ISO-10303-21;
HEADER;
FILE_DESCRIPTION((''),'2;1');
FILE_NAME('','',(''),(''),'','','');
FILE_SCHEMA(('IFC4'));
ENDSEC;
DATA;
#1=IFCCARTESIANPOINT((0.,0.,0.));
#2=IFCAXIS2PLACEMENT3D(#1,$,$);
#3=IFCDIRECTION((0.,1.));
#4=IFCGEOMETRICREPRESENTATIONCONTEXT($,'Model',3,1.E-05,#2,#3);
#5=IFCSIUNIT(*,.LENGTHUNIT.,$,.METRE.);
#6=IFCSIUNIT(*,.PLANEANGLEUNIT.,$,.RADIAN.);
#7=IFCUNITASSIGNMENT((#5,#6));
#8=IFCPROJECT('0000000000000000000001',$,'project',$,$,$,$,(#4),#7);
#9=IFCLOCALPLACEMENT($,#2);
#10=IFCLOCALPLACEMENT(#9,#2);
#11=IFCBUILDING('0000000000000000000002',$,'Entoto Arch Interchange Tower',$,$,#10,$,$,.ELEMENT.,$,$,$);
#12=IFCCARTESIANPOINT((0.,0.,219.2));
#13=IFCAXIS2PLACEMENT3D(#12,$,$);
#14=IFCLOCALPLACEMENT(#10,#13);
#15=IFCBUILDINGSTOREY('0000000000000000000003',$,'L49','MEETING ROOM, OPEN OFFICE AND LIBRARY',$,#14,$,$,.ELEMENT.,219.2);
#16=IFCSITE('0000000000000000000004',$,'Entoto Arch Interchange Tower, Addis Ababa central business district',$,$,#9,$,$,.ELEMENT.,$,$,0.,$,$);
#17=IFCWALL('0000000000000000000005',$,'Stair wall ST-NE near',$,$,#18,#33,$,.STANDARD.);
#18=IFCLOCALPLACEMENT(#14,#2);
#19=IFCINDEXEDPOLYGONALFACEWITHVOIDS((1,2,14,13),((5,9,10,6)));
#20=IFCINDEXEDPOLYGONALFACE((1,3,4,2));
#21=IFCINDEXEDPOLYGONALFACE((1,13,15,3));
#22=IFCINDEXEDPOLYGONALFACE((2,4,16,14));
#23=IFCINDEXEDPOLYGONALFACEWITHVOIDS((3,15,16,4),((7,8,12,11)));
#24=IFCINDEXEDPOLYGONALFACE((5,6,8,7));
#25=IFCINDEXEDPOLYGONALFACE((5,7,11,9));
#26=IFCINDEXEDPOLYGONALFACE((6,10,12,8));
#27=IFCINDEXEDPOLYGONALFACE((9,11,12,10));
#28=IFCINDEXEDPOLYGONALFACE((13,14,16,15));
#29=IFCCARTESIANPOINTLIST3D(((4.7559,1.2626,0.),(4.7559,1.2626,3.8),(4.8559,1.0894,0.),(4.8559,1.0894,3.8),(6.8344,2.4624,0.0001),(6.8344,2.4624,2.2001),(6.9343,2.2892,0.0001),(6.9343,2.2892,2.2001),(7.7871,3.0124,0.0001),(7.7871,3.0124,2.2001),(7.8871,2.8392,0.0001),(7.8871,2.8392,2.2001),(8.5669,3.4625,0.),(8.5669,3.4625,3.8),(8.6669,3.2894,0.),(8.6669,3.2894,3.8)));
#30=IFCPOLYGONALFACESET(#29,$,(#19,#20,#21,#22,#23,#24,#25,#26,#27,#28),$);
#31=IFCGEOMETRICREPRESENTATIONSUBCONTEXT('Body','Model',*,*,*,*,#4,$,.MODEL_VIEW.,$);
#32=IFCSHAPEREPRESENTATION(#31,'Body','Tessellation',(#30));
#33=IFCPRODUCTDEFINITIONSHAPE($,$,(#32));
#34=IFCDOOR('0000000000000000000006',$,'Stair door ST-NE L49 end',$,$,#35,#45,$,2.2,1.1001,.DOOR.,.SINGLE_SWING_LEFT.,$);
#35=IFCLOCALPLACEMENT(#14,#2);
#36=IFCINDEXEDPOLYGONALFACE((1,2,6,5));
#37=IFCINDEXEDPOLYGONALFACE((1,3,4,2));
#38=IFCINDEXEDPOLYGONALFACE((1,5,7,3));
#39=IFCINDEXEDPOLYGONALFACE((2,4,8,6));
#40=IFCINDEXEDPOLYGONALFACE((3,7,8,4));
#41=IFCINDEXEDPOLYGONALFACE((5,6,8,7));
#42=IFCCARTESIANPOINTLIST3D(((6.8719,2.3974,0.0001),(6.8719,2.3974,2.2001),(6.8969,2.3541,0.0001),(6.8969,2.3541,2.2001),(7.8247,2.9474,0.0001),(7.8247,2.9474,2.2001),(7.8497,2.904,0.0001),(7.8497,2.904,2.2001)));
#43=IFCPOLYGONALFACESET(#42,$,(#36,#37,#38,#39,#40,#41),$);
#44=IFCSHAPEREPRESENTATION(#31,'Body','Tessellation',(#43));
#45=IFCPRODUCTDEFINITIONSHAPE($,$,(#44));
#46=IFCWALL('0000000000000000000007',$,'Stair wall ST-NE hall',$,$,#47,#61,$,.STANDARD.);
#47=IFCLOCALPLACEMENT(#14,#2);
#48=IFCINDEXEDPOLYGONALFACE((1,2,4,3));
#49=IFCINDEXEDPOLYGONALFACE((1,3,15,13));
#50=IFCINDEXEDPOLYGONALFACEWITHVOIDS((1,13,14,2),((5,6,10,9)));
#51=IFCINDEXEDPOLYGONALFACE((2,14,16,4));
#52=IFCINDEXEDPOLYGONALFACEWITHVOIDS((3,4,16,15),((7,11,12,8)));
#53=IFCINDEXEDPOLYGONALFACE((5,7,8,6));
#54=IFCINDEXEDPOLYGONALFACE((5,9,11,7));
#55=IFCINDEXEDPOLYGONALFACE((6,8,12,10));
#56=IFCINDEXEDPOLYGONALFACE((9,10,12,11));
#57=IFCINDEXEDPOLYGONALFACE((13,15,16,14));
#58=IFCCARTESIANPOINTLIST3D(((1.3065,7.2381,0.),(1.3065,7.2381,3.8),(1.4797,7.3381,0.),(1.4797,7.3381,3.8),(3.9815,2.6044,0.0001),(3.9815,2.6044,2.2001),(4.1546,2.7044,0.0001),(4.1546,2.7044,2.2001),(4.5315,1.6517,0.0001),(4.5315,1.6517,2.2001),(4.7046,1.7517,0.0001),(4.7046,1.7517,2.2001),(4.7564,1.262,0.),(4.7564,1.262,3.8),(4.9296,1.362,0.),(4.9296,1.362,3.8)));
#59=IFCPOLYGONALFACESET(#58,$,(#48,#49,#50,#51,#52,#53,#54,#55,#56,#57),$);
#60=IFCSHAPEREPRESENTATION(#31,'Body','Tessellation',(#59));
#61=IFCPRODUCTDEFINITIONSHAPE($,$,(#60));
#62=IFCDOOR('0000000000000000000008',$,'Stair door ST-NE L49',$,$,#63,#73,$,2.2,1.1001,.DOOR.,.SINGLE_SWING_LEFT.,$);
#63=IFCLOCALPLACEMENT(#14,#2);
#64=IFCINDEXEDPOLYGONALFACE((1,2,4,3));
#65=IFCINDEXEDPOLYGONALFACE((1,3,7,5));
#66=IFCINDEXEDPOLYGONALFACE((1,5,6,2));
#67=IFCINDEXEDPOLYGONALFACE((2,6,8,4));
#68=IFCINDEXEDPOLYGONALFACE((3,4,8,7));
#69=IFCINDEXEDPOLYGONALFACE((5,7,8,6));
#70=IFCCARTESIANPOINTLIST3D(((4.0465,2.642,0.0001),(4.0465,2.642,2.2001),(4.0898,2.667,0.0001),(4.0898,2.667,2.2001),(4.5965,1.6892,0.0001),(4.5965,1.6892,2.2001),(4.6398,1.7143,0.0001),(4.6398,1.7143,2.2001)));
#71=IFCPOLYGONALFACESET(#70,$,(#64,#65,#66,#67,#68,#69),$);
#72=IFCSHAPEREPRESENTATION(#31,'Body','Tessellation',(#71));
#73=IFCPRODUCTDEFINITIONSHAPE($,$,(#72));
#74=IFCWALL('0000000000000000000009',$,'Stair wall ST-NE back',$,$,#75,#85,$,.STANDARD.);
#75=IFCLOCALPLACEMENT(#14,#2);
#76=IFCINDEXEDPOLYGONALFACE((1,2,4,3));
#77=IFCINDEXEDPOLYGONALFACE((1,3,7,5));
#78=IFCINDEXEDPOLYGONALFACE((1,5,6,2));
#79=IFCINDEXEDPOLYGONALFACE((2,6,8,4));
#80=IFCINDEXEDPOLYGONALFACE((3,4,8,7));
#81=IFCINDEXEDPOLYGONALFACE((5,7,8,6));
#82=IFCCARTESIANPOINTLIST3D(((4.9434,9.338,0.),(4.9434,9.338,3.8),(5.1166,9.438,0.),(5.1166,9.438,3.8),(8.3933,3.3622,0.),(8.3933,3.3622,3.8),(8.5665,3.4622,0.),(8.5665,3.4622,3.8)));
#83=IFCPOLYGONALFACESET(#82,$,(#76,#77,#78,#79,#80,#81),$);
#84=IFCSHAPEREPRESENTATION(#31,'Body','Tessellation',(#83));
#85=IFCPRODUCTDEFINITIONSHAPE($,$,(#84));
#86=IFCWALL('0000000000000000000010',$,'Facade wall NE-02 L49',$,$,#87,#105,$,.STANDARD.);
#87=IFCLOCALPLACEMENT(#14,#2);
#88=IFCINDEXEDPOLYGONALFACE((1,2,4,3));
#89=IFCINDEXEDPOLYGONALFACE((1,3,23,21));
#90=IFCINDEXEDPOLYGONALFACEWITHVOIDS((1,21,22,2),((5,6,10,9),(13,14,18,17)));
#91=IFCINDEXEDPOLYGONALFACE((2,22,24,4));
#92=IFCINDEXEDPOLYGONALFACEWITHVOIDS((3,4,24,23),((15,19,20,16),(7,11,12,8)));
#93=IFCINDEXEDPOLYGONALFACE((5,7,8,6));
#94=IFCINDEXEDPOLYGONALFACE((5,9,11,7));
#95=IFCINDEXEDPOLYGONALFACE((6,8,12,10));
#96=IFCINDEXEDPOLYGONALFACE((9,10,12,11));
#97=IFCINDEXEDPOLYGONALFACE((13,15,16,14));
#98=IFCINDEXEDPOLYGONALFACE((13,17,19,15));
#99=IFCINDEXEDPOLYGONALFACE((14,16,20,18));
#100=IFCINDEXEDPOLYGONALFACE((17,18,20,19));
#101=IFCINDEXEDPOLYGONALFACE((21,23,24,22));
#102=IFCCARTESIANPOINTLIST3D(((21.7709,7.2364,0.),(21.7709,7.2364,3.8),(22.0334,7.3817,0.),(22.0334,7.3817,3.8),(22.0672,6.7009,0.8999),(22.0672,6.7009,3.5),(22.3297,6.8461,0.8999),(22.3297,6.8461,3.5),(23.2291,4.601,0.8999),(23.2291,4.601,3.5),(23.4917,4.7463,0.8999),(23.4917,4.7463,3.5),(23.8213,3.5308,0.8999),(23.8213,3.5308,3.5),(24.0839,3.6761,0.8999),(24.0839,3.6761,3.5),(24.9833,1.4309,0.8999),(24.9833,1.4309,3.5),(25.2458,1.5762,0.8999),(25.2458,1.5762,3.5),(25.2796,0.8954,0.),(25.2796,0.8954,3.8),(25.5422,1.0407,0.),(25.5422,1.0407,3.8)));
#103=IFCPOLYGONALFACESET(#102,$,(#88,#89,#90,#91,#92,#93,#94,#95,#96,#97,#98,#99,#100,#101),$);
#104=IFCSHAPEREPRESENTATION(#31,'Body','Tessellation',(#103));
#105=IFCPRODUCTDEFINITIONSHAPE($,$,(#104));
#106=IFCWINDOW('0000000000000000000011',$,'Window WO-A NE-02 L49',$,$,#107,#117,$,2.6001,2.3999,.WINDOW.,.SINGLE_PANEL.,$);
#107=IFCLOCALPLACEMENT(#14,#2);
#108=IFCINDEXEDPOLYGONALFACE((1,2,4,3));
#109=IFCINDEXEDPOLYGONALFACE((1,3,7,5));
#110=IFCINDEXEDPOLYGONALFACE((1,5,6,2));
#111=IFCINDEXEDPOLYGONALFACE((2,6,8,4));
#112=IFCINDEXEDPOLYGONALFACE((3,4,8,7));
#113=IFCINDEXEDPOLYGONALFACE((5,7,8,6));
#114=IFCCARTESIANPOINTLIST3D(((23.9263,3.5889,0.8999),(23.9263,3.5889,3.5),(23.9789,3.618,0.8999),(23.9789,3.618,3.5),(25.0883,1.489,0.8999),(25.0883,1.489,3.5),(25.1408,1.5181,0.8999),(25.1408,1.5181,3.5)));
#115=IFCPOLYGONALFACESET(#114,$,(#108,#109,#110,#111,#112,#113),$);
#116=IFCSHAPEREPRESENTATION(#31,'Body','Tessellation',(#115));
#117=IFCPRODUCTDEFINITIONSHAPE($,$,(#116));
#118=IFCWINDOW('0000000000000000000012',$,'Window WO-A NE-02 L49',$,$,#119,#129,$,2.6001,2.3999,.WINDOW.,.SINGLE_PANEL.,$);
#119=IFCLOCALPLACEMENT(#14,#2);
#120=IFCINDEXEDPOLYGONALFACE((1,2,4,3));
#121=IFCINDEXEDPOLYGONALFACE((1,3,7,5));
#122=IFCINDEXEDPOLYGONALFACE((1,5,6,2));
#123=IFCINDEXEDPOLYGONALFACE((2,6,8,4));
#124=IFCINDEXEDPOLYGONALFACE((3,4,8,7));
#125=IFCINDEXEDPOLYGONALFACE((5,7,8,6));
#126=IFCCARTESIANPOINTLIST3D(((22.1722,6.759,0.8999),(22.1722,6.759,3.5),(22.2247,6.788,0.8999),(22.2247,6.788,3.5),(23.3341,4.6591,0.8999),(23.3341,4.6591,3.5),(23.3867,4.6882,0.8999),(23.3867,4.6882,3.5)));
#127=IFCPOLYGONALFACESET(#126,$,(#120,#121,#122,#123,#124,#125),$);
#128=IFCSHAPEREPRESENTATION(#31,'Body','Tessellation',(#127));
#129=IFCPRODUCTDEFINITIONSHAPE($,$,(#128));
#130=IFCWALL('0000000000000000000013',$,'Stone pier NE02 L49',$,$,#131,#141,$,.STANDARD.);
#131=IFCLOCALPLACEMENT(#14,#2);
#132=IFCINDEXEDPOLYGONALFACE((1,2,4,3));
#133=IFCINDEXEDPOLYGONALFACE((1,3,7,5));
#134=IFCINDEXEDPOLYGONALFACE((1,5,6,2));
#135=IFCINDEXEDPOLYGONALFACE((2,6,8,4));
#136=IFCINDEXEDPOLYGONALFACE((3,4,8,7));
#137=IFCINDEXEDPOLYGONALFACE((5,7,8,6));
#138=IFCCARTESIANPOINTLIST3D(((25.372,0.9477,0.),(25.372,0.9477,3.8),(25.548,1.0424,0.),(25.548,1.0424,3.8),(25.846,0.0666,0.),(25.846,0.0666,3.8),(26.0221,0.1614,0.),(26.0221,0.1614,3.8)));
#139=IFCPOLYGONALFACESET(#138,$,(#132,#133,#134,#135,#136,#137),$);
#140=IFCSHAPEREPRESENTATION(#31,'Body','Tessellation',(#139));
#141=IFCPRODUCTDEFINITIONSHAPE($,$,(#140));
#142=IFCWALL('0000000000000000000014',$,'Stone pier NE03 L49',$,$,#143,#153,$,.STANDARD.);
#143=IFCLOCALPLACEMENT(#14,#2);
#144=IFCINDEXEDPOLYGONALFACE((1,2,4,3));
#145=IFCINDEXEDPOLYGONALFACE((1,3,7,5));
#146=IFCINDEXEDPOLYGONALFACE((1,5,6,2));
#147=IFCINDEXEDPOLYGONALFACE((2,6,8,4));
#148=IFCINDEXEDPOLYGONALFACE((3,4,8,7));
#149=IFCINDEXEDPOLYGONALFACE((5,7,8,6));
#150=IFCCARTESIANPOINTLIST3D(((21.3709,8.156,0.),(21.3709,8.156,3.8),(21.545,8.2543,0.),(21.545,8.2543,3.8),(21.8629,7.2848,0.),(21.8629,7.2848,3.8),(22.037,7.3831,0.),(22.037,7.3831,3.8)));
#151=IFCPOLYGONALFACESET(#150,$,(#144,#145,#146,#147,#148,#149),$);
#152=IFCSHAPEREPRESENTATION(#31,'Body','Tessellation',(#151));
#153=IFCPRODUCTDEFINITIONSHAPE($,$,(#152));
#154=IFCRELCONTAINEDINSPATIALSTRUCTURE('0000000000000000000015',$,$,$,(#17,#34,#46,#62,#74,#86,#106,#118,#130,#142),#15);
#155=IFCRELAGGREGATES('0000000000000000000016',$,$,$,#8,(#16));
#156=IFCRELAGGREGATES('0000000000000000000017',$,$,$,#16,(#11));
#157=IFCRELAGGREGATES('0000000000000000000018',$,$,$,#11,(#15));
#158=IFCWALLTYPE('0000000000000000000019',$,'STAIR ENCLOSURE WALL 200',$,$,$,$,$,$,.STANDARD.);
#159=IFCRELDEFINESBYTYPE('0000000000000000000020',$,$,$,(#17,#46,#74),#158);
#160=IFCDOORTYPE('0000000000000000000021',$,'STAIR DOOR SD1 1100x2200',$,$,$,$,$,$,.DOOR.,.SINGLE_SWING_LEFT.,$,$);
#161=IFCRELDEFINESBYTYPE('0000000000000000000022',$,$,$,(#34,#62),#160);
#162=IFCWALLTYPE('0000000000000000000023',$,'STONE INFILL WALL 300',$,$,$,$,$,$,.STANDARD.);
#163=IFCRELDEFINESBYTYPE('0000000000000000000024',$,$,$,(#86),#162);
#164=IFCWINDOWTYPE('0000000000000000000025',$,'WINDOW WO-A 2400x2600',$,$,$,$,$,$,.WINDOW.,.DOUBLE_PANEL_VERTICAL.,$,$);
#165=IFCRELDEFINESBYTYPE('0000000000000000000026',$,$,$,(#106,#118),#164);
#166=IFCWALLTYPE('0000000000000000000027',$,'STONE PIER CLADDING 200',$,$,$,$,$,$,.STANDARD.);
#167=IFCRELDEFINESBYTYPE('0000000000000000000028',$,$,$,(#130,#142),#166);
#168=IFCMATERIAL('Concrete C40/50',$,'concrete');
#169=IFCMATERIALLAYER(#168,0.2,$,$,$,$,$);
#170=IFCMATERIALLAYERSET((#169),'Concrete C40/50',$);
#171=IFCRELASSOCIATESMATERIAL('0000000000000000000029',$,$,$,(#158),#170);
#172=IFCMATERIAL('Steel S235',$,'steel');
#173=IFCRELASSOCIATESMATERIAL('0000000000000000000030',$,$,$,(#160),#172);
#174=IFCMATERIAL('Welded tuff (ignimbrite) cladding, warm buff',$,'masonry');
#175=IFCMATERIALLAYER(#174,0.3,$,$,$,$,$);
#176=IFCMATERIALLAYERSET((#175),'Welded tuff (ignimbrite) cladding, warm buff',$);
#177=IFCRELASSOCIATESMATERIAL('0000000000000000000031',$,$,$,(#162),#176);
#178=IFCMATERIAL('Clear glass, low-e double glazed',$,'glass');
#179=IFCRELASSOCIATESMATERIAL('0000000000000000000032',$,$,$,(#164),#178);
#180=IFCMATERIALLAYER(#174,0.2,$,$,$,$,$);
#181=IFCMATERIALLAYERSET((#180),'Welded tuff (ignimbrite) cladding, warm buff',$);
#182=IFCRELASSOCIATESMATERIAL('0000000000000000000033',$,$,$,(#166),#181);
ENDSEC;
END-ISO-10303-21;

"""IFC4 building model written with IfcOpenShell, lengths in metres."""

from ifc_helpers import new_model, si_unit, direction, frame, frame_2d, origin, place, context, subcontext, project, spatial, rectangle, extrude, material, layer, layer_set, type_object, element, fill, save


model = new_model("IFC4")

# Units and contexts
model_context = context("Model", 3, precision=1e-05, world=origin(), true_north=direction((0.0, 1.0)))
body_context = subcontext(model_context, "Body", "Model", "MODEL_VIEW")
ifc_project = project(units=[si_unit("LENGTHUNIT", "METRE"), si_unit("PLANEANGLEUNIT", "RADIAN")], contexts=[model_context])

# Site, building, storey
site_placement = place(None, origin())
site = spatial("IfcSite", under=ifc_project, at=site_placement, Name="Entoto Arch Interchange Tower, Addis Ababa central business district", CompositionType="ELEMENT", RefElevation=0.0)
building_placement = place(site_placement, origin())
building = spatial("IfcBuilding", under=site, at=building_placement, Name="Entoto Arch Interchange Tower", CompositionType="ELEMENT")
storey_placement = place(building_placement, frame((0.0, 0.0, 219.2)))
storey = spatial("IfcBuildingStorey", under=building, at=storey_placement, Name="L49", Description="MEETING ROOM, OPEN OFFICE AND LIBRARY", CompositionType="ELEMENT", Elevation=219.2)

# Shared definitions
ifc_material_1 = material(Name="Concrete C40/50", Category="concrete")

# Walls, openings, doors
ifc_layer_1 = layer(ifc_material_1, 0.2)
ifc_layer_set_1 = layer_set([ifc_layer_1], Name="Concrete C40/50")
wall_type_1 = type_object("IfcWallType", Name="STAIR ENCLOSURE WALL 200", PredefinedType="STANDARD", material=ifc_layer_set_1)
wall_1_placement = place(storey_placement, frame((4.8059, 1.176, 0.0), z_axis=(0.0, 0.0, 1.0), x_axis=(0.86606, 0.49994, 0.0)))
wall_1 = element("IfcWall", 1, at=wall_1_placement, inside=storey, type_object=wall_type_1, Name="Stair wall ST-NE near", PredefinedType="STANDARD", context=body_context, shape_type="SweptSolid", body=[
    extrude(rectangle(XDim=4.4004, YDim=0.2, at=frame_2d((2.2002, 0.0))), origin(), (0.0, 0.0, 1.0), 3.8),
])
opening_1_placement = place(wall_1_placement, frame((2.3999, 0.0, 0.0)))
opening_1 = element("IfcOpeningElement", 2, at=opening_1_placement, cuts=wall_1, PredefinedType="OPENING", context=body_context, shape_type="SweptSolid", body=[
    extrude(rectangle(XDim=1.1001, YDim=2.2, at=frame_2d((0.55, 1.1001))), frame((0.0, 0.1099, 0.0), z_axis=(0.0, -1.0, 0.0), x_axis=(1.0, 0.0, 0.0)), (0.0, 0.0, 1.0), 0.22),
])
ifc_material_2 = material(Name="Steel S235", Category="steel")
door_type_1 = type_object("IfcDoorType", Name="STAIR DOOR SD1 1100x2200", OperationType="SINGLE_SWING_LEFT", PredefinedType="DOOR", material=ifc_material_2)
door_1_placement = place(opening_1_placement, origin())
door_1 = element("IfcDoor", 3, at=door_1_placement, inside=storey, type_object=door_type_1, Name="Stair door ST-NE L49 end", OperationType="SINGLE_SWING_LEFT", OverallHeight=2.2, OverallWidth=1.1001, PredefinedType="DOOR", context=body_context, shape_type="SweptSolid", body=[
    extrude(rectangle(XDim=1.1001, YDim=2.2, at=frame_2d((0.55, 1.1001))), frame((0.0, 0.0249, 0.0), z_axis=(0.0, -1.0, 0.0), x_axis=(1.0, 0.0, 0.0)), (0.0, 0.0, 1.0), 0.05),
])
fill(opening_1, door_1)
wall_2_placement = place(storey_placement, frame((4.843, 1.312, 0.0), z_axis=(0.0, 0.0, 1.0), x_axis=(-0.499963, 0.866047, 0.0)))
wall_2 = element("IfcWall", 4, at=wall_2_placement, inside=storey, type_object=wall_type_1, Name="Stair wall ST-NE hall", PredefinedType="STANDARD", context=body_context, shape_type="SweptSolid", body=[
    extrude(rectangle(XDim=6.9004, YDim=0.2, at=frame_2d((3.4502, 0.0))), origin(), (0.0, 0.0, 1.0), 3.8),
])
opening_2_placement = place(wall_2_placement, frame((0.45, 0.0, 0.0)))
opening_2 = element("IfcOpeningElement", 5, at=opening_2_placement, cuts=wall_2, PredefinedType="OPENING", context=body_context, shape_type="SweptSolid", body=[
    extrude(rectangle(XDim=1.1001, YDim=2.2, at=frame_2d((0.55, 1.1001))), frame((0.0, 0.1099, 0.0), z_axis=(0.0, -1.0, 0.0), x_axis=(1.0, 0.0, 0.0)), (0.0, 0.0, 1.0), 0.22),
])
door_2_placement = place(opening_2_placement, origin())
door_2 = element("IfcDoor", 6, at=door_2_placement, inside=storey, type_object=door_type_1, Name="Stair door ST-NE L49", OperationType="SINGLE_SWING_LEFT", OverallHeight=2.2, OverallWidth=1.1001, PredefinedType="DOOR", context=body_context, shape_type="SweptSolid", body=[
    extrude(rectangle(XDim=1.1001, YDim=2.2, at=frame_2d((0.55, 1.1001))), frame((0.0, 0.0249, 0.0), z_axis=(0.0, -1.0, 0.0), x_axis=(1.0, 0.0, 0.0)), (0.0, 0.0, 1.0), 0.05),
])
fill(opening_2, door_2)

# Wall
wall_3_placement = place(storey_placement, frame((8.48, 3.4121, 0.0), z_axis=(0.0, 0.0, 1.0), x_axis=(-0.499979, 0.866038, 0.0)))
element("IfcWall", 7, at=wall_3_placement, inside=storey, type_object=wall_type_1, Name="Stair wall ST-NE back", PredefinedType="STANDARD", context=body_context, shape_type="SweptSolid", body=[
    extrude(rectangle(XDim=6.9001, YDim=0.2, at=frame_2d((3.4502, 0.0))), origin(), (0.0, 0.0, 1.0), 3.8),
])

# Wall, openings, windows
ifc_material_3 = material(Name="Welded tuff (ignimbrite) cladding, warm buff", Category="masonry")
ifc_layer_2 = layer(ifc_material_3, 0.3)
ifc_layer_set_2 = layer_set([ifc_layer_2], Name="Welded tuff (ignimbrite) cladding, warm buff")
wall_type_2 = type_object("IfcWallType", Name="STONE INFILL WALL 300", PredefinedType="STANDARD", material=ifc_layer_set_2)
wall_4_placement = place(storey_placement, frame((25.4109, 0.968, 0.0), z_axis=(0.0, 0.0, 1.0), x_axis=(-0.484163, 0.874978, 0.0)))
wall_4 = element("IfcWall", 8, at=wall_4_placement, inside=storey, type_object=wall_type_2, Name="Facade wall NE-02 L49", PredefinedType="STANDARD", context=body_context, shape_type="SweptSolid", body=[
    extrude(rectangle(XDim=7.2471, YDim=0.3, at=frame_2d((3.6235, 0.0))), origin(), (0.0, 0.0, 1.0), 3.8),
])
opening_3_placement = place(wall_4_placement, frame((0.6121, 0.0, 0.8999)))
opening_3 = element("IfcOpeningElement", 9, at=opening_3_placement, cuts=wall_4, PredefinedType="OPENING", context=body_context, shape_type="SweptSolid", body=[
    extrude(rectangle(XDim=2.3999, YDim=2.6001, at=frame_2d((1.2, 1.3))), frame((0.0, 0.1602, 0.0), z_axis=(0.0, -1.0, 0.0), x_axis=(1.0, 0.0, 0.0)), (0.0, 0.0, 1.0), 0.3201),
])
opening_4_placement = place(wall_4_placement, frame((4.2351, 0.0, 0.8999)))
opening_4 = element("IfcOpeningElement", 10, at=opening_4_placement, cuts=wall_4, PredefinedType="OPENING", context=body_context, shape_type="SweptSolid", body=[
    extrude(rectangle(XDim=2.3999, YDim=2.6001, at=frame_2d((1.2, 1.3))), frame((0.0, 0.1602, 0.0), z_axis=(0.0, -1.0, 0.0), x_axis=(1.0, 0.0, 0.0)), (0.0, 0.0, 1.0), 0.3201),
])
ifc_material_4 = material(Name="Clear glass, low-e double glazed", Category="glass")
window_type = type_object("IfcWindowType", Name="WINDOW WO-A 2400x2600", PartitioningType="DOUBLE_PANEL_VERTICAL", PredefinedType="WINDOW", material=ifc_material_4)
window_1_placement = place(opening_3_placement, origin())
window_1 = element("IfcWindow", 11, at=window_1_placement, inside=storey, type_object=window_type, Name="Window WO-A NE-02 L49", OverallHeight=2.6001, OverallWidth=2.3999, PartitioningType="SINGLE_PANEL", PredefinedType="WINDOW", context=body_context, shape_type="SweptSolid", body=[
    extrude(rectangle(XDim=2.3999, YDim=2.6001, at=frame_2d((1.2, 1.3))), frame((0.0, 0.03, 0.0), z_axis=(0.0, -1.0, 0.0), x_axis=(1.0, 0.0, 0.0)), (0.0, 0.0, 1.0), 0.0601),
])
fill(opening_3, window_1)
window_2_placement = place(opening_4_placement, origin())
window_2 = element("IfcWindow", 12, at=window_2_placement, inside=storey, type_object=window_type, Name="Window WO-A NE-02 L49", OverallHeight=2.6001, OverallWidth=2.3999, PartitioningType="SINGLE_PANEL", PredefinedType="WINDOW", context=body_context, shape_type="SweptSolid", body=[
    extrude(rectangle(XDim=2.3999, YDim=2.6001, at=frame_2d((1.2, 1.3))), frame((0.0, 0.03, 0.0), z_axis=(0.0, -1.0, 0.0), x_axis=(1.0, 0.0, 0.0)), (0.0, 0.0, 1.0), 0.0601),
])
fill(opening_4, window_2)

# Walls
ifc_layer_3 = layer(ifc_material_3, 0.2)
ifc_layer_set_3 = layer_set([ifc_layer_3], Name="Welded tuff (ignimbrite) cladding, warm buff")
wall_type_3 = type_object("IfcWallType", Name="STONE PIER CLADDING 200", PredefinedType="STANDARD", material=ifc_layer_set_3)
for number, where, z_axis, x_axis, name in (
    (13, (25.9341, 0.114, 0.0), (0.0, 0.0, 1.0), (-0.473852, 0.880604, 0.0), "Stone pier NE02 L49"),
    (14, (21.95, 7.334, 0.0), (0.0, 0.0, 1.0), (-0.491744, 0.87074, 0.0), "Stone pier NE03 L49"),
):
    element("IfcWall", number, at=place(storey_placement, frame(where, z_axis=z_axis, x_axis=x_axis)), inside=storey, type_object=wall_type_3, Name=name, PredefinedType="STANDARD", context=body_context, shape_type="SweptSolid", body=[
        extrude(rectangle(XDim=1.0005, YDim=0.2, at=frame_2d((0.5002, 0.0))), origin(), (0.0, 0.0, 1.0), 3.8),
    ])

save(model, "model.ifc")
